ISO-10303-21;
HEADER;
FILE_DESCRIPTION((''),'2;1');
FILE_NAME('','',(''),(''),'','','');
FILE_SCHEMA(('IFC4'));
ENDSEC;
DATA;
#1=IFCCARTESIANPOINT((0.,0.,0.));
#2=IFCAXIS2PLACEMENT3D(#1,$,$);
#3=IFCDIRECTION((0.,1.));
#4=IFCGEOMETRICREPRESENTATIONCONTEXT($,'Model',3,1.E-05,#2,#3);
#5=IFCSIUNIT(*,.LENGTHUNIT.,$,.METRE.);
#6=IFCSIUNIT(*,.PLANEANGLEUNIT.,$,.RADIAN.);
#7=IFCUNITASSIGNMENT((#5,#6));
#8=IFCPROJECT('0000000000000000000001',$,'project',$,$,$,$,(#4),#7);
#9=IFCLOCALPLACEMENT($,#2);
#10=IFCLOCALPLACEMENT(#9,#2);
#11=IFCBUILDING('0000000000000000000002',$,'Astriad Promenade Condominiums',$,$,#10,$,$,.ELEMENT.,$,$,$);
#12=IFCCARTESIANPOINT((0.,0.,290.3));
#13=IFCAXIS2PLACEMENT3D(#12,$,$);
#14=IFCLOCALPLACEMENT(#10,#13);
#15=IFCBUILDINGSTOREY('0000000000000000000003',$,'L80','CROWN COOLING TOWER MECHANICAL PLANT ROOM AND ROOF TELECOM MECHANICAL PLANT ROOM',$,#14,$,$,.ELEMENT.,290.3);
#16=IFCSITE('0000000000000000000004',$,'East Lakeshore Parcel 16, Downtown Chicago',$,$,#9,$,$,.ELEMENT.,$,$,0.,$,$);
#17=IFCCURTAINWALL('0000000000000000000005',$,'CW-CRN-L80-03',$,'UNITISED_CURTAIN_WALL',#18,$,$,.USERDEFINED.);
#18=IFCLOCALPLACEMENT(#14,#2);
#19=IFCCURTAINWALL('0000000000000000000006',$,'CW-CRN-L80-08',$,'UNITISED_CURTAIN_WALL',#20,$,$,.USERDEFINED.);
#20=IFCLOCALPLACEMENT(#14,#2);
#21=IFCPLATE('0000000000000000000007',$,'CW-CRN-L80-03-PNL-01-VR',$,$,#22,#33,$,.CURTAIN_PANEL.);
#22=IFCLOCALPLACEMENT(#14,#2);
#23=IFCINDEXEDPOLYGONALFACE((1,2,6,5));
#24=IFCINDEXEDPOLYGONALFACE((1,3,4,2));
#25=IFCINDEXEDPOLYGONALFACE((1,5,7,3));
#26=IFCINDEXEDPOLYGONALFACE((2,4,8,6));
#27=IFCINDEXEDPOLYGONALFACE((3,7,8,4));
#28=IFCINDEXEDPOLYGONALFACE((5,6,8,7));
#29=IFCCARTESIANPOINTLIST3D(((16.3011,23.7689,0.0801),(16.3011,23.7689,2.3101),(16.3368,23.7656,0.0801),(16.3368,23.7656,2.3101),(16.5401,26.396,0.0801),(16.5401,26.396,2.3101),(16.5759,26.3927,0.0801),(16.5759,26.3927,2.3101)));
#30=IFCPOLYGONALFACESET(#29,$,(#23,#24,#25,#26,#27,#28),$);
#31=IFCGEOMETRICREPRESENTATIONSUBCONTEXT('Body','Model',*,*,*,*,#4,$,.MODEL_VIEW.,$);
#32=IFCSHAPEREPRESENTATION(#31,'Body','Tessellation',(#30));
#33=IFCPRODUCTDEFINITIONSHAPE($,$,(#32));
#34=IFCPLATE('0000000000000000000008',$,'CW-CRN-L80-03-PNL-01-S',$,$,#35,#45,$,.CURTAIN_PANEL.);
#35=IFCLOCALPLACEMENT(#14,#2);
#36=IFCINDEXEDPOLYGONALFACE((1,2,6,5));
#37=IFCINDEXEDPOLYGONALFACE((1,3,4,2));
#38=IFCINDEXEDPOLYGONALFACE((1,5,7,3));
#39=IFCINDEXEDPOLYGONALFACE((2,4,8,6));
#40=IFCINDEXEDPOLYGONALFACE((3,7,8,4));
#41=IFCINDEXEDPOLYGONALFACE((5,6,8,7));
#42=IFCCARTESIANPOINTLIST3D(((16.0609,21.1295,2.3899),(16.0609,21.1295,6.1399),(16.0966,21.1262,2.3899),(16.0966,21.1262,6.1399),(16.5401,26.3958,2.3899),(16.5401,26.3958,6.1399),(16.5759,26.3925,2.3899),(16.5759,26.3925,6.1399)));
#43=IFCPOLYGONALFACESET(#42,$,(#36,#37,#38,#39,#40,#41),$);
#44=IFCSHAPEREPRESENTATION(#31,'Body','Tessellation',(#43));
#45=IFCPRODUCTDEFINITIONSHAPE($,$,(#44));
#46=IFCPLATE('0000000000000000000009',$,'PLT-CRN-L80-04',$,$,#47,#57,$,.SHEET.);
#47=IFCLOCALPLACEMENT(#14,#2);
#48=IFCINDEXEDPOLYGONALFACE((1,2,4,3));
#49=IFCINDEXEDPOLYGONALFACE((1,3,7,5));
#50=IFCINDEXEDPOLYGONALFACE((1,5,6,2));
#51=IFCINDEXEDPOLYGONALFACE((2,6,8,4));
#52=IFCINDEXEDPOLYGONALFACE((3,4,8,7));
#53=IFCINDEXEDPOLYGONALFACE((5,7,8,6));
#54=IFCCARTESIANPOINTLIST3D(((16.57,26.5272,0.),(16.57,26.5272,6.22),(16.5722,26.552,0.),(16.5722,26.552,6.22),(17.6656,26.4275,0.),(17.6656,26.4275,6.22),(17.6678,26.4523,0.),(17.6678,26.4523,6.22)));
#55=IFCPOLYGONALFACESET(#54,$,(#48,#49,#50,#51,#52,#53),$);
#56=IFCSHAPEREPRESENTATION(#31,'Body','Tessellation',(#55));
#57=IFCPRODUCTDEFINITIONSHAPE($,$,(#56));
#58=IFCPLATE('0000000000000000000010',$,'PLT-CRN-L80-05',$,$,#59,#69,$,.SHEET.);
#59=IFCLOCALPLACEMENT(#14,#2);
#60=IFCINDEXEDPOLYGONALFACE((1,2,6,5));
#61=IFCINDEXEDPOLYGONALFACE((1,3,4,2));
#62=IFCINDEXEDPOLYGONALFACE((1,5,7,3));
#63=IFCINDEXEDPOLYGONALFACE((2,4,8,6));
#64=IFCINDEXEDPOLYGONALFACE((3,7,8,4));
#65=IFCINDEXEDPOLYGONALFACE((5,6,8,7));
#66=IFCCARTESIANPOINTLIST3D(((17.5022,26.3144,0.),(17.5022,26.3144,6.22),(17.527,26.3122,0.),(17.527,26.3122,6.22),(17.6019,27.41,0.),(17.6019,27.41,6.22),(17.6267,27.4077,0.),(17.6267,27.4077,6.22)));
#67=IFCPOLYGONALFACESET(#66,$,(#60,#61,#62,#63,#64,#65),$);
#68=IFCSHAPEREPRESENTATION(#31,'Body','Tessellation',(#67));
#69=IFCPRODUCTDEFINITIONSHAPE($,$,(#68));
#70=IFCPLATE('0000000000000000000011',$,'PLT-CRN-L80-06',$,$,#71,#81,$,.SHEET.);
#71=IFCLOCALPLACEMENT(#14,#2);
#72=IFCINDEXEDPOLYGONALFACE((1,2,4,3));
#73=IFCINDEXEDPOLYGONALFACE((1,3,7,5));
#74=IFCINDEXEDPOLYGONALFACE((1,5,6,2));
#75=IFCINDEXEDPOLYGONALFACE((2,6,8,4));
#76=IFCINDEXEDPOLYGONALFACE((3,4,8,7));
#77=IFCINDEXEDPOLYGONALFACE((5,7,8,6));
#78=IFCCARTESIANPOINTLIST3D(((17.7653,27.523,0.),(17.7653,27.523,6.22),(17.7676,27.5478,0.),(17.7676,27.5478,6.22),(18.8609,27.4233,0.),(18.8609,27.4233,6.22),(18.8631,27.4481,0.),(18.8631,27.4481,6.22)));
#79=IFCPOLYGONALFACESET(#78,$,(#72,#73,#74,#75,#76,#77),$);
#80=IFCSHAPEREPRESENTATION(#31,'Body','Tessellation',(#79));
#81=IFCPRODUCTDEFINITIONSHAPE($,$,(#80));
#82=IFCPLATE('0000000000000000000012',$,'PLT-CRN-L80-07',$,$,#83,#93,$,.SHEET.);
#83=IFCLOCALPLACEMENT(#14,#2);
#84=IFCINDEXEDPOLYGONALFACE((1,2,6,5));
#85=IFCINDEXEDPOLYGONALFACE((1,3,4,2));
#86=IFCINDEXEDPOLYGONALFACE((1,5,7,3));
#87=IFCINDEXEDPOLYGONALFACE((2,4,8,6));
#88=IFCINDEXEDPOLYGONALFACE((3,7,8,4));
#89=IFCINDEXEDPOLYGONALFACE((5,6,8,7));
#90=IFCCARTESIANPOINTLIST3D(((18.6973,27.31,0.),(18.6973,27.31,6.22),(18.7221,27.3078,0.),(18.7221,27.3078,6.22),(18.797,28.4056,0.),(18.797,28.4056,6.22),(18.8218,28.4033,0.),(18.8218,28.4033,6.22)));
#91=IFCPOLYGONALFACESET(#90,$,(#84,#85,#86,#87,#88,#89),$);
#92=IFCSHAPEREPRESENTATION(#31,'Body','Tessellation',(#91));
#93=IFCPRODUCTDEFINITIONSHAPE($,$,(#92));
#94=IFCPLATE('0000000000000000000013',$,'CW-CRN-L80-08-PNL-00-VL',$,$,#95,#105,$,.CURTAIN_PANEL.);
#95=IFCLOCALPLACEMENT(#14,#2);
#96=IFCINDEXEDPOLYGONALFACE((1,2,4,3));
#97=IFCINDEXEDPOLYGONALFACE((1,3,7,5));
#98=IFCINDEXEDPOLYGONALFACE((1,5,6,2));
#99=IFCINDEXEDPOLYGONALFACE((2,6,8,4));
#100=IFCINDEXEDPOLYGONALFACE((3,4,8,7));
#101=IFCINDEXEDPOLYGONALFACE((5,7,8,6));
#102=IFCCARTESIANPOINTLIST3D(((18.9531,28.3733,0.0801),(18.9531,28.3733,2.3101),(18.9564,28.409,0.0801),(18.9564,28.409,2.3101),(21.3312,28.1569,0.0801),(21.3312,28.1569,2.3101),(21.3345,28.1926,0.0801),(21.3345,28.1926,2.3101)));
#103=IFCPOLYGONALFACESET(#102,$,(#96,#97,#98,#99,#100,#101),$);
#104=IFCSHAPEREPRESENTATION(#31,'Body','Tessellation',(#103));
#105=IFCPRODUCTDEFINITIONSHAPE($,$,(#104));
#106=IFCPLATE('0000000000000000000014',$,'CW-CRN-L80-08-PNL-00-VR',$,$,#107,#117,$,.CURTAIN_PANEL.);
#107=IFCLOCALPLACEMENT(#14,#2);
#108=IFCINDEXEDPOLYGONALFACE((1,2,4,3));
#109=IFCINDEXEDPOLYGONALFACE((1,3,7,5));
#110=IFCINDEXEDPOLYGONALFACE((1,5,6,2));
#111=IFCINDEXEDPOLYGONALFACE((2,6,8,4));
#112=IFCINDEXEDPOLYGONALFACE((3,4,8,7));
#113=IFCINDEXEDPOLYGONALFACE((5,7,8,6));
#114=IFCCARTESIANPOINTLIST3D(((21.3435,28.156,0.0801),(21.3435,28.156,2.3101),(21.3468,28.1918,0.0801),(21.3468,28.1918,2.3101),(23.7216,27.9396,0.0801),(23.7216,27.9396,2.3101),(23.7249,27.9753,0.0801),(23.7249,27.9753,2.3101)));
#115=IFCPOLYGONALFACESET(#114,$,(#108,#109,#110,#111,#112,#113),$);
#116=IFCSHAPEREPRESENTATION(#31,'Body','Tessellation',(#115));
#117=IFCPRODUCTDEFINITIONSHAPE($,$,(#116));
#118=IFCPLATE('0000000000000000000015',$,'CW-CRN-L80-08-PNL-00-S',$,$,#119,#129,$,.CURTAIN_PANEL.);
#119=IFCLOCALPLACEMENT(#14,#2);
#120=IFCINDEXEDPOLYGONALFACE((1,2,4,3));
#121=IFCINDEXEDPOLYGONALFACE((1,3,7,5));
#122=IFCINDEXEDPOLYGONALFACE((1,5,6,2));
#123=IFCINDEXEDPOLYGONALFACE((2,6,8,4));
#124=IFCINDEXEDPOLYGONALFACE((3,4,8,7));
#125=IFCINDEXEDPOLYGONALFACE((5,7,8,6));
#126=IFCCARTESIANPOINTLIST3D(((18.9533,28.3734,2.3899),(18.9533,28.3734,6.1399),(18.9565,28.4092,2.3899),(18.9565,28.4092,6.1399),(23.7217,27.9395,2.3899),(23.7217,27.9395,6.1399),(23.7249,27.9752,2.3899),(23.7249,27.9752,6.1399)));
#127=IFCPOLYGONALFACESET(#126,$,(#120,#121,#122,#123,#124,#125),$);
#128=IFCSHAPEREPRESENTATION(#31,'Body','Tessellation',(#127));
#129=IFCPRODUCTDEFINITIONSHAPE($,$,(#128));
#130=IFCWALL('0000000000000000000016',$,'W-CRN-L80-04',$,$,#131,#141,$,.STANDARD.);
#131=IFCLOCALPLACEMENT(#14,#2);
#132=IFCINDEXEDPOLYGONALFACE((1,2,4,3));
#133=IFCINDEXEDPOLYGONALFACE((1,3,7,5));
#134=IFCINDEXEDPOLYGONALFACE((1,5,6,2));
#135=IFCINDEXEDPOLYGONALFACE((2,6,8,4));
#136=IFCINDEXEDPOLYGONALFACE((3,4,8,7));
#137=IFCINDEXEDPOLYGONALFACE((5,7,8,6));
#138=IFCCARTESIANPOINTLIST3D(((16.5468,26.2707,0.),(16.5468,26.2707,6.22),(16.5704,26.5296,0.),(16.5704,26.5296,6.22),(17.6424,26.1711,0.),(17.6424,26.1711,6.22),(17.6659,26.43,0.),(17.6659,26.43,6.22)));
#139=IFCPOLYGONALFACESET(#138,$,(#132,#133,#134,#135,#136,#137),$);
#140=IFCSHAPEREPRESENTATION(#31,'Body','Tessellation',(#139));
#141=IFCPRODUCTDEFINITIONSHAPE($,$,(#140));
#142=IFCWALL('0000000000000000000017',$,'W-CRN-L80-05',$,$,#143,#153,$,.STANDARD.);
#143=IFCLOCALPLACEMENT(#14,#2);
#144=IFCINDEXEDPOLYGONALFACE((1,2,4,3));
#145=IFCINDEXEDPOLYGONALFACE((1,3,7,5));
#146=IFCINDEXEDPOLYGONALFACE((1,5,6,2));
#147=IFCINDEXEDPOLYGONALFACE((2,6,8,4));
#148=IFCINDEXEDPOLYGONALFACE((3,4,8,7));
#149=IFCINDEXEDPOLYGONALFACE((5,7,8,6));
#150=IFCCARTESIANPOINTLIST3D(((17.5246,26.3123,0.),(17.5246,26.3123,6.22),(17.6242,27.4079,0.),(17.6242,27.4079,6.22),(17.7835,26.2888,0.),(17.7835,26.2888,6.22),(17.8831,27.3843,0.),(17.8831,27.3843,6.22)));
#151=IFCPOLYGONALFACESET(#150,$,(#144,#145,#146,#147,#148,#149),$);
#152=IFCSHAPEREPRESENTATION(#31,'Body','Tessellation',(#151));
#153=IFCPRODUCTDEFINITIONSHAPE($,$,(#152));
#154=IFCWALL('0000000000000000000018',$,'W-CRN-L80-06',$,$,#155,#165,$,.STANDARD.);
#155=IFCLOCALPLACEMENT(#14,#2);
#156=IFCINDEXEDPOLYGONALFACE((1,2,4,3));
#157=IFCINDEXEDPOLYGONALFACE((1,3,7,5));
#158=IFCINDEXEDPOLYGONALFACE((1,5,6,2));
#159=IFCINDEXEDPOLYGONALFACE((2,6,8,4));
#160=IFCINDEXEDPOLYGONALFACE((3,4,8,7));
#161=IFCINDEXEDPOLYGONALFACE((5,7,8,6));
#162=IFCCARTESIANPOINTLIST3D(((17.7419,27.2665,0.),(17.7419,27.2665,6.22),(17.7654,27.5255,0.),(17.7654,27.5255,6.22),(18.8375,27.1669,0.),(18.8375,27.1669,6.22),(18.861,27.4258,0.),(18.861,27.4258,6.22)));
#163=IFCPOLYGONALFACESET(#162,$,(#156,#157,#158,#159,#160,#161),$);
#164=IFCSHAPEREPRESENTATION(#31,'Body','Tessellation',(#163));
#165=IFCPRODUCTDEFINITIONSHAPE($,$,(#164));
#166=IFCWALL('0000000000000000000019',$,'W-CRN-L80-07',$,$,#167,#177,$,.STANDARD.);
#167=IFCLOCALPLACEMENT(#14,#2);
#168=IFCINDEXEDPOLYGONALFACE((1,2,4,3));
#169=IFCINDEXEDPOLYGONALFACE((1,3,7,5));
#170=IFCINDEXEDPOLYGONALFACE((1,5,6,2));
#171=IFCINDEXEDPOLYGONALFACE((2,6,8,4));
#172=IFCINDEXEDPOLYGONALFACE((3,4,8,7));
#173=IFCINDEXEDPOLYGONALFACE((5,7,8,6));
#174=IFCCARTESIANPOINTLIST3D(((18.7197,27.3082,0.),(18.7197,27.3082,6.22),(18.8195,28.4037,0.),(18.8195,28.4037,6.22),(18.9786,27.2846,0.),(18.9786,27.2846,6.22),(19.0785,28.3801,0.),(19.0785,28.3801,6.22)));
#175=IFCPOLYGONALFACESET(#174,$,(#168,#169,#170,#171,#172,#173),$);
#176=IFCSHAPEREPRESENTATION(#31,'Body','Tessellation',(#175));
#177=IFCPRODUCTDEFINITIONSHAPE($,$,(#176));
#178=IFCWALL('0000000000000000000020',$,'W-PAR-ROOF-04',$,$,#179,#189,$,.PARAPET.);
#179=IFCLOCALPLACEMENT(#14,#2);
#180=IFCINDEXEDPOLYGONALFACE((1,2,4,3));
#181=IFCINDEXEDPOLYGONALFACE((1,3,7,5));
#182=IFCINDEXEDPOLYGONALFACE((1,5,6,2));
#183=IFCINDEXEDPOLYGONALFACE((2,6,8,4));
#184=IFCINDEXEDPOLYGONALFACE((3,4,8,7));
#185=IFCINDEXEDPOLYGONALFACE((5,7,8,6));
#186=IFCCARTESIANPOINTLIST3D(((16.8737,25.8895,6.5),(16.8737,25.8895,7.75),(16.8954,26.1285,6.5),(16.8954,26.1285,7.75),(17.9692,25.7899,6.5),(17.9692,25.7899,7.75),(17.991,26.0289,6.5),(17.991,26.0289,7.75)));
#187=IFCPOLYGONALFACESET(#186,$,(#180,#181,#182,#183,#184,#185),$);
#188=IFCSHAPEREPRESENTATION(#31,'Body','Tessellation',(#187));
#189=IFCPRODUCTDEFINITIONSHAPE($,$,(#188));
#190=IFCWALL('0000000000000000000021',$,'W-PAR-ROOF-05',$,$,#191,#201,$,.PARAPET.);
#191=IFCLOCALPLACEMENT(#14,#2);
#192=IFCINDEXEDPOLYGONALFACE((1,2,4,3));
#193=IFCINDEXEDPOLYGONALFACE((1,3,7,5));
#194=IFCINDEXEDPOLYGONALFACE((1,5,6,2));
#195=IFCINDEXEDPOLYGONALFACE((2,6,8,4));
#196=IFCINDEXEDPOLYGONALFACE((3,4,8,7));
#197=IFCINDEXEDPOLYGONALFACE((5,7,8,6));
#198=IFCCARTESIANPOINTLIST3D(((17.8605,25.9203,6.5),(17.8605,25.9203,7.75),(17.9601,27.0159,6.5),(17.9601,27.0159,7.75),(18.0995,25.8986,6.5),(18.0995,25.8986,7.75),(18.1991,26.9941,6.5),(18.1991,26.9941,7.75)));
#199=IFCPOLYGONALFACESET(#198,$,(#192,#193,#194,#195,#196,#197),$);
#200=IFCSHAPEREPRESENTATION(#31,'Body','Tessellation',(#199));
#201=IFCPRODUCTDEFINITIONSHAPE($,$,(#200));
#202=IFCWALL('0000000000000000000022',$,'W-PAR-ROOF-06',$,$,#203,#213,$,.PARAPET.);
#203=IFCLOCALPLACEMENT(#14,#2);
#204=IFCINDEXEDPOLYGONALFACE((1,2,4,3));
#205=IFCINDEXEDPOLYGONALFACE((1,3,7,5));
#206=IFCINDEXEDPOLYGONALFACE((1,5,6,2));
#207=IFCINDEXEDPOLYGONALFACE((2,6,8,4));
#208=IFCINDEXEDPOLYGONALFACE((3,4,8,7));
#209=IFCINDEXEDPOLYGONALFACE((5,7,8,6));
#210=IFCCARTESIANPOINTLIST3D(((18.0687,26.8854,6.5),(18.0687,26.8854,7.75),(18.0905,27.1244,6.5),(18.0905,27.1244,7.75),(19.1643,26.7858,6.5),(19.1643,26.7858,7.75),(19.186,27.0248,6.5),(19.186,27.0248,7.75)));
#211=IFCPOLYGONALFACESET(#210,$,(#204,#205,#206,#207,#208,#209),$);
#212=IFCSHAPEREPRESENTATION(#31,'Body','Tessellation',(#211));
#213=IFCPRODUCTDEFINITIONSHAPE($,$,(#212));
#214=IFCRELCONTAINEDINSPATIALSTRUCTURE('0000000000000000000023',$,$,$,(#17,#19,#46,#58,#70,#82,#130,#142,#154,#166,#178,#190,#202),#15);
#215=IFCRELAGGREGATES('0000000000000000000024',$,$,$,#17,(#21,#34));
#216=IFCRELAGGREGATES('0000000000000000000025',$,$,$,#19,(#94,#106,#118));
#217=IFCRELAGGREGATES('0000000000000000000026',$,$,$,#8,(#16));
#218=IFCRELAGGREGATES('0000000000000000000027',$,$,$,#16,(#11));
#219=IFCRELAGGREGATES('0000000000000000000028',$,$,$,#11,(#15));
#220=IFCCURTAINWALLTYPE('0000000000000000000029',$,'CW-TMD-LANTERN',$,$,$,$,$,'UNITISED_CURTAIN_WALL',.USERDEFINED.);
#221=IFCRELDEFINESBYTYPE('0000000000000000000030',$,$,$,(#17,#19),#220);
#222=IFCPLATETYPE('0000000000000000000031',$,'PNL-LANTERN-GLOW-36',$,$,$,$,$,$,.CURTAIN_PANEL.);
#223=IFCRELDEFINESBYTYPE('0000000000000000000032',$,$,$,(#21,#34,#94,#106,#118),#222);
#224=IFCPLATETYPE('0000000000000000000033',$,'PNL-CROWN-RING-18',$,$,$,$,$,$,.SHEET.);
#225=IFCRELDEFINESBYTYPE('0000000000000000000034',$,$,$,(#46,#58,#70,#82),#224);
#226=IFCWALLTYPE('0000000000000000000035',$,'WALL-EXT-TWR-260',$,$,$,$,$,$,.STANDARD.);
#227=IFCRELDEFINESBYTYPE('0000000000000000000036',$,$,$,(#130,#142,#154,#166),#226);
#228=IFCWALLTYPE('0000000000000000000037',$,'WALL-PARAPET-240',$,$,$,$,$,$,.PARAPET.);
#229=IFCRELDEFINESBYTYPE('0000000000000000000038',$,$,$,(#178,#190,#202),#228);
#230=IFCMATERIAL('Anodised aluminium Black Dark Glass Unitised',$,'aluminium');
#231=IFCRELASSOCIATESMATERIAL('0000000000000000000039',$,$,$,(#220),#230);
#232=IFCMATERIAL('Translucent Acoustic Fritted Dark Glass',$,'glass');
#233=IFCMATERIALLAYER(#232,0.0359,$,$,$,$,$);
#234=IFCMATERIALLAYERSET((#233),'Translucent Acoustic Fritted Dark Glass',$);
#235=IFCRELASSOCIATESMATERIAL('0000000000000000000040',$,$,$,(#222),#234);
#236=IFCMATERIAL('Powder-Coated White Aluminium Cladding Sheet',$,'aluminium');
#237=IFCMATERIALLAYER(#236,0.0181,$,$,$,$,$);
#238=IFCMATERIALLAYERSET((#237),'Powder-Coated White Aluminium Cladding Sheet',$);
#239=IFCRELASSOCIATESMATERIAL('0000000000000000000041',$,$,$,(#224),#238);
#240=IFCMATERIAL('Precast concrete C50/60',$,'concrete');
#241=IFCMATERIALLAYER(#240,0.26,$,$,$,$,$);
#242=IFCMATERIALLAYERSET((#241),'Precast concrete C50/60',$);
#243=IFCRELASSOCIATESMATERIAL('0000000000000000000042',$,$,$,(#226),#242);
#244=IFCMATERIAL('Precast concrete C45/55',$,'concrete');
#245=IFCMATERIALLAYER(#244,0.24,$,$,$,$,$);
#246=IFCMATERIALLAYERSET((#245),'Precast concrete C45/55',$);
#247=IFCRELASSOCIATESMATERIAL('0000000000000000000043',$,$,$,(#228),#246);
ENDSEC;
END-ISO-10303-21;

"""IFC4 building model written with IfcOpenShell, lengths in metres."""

from ifc_helpers import new_model, si_unit, direction, frame, frame_2d, origin, origin_2d, place, context, subcontext, project, spatial, rectangle, extrude, source, transform, mapped, material, layer, layer_set, type_object, type_shapes, element, aggregate, save


model = new_model("IFC4")

# Units and contexts
model_context = context("Model", 3, precision=1e-05, world=origin(), true_north=direction((0.0, 1.0)))
body_context = subcontext(model_context, "Body", "Model", "MODEL_VIEW")
ifc_project = project(units=[si_unit("LENGTHUNIT", "METRE"), si_unit("PLANEANGLEUNIT", "RADIAN")], contexts=[model_context])

# Site, building, storey
site_placement = place(None, origin())
site = spatial("IfcSite", under=ifc_project, at=site_placement, Name="East Lakeshore Parcel 16, Downtown Chicago", CompositionType="ELEMENT", RefElevation=0.0)
building_placement = place(site_placement, origin())
building = spatial("IfcBuilding", under=site, at=building_placement, Name="Astriad Promenade Condominiums", CompositionType="ELEMENT")
storey_placement = place(building_placement, frame((0.0, 0.0, 290.3)))
storey = spatial("IfcBuildingStorey", under=building, at=storey_placement, Name="L80", Description="CROWN COOLING TOWER MECHANICAL PLANT ROOM AND ROOF TELECOM MECHANICAL PLANT ROOM", CompositionType="ELEMENT", Elevation=290.3)

# Curtain walls
ifc_material_1 = material(Name="Anodised aluminium Black Dark Glass Unitised", Category="aluminium")
curtain_wall_type = type_object("IfcCurtainWallType", Name="CW-TMD-LANTERN", ElementType="UNITISED_CURTAIN_WALL", PredefinedType="USERDEFINED", material=ifc_material_1)
curtain_wall_1_placement = place(storey_placement, origin())
curtain_wall_1 = element("IfcCurtainWall", 1, at=curtain_wall_1_placement, inside=storey, type_object=curtain_wall_type, Name="CW-CRN-L80-03", ObjectType="UNITISED_CURTAIN_WALL", PredefinedType="USERDEFINED")
curtain_wall_2_placement = place(storey_placement, origin())
curtain_wall_2 = element("IfcCurtainWall", 2, at=curtain_wall_2_placement, inside=storey, type_object=curtain_wall_type, Name="CW-CRN-L80-08", ObjectType="UNITISED_CURTAIN_WALL", PredefinedType="USERDEFINED")

# Plates
ifc_material_2 = material(Name="Translucent Acoustic Fritted Dark Glass", Category="glass")
ifc_layer_1 = layer(ifc_material_2, 0.0359)
ifc_layer_set_1 = layer_set([ifc_layer_1], Name="Translucent Acoustic Fritted Dark Glass")
plate_type_1 = type_object("IfcPlateType", Name="PNL-LANTERN-GLOW-36", PredefinedType="CURTAIN_PANEL", material=ifc_layer_set_1)
shared_shape_1 = source(origin(), body_context, "Body", "SweptSolid", [
    extrude(rectangle(XDim=2.6379, YDim=0.0359, at=origin_2d()), origin(), (0.0, 0.0, 1.0), 2.23),
])
plate_1_placement = place(storey_placement, frame((16.4385, 25.0808, 0.0801), z_axis=(0.0, 0.0, 1.0), x_axis=(0.090633, 0.995884, 0.0)))
plate_1 = element("IfcPlate", 3, at=plate_1_placement, type_object=plate_type_1, Name="CW-CRN-L80-03-PNL-01-VR", PredefinedType="CURTAIN_PANEL", context=body_context, shape_type="MappedRepresentation", body=[
    mapped(shared_shape_1, transform((0.0, 0.0, 0.0), scale=1.0)),
])
shared_shape_2 = source(origin(), body_context, "Body", "SweptSolid", [
    extrude(rectangle(XDim=5.2881, YDim=0.0359, at=origin_2d()), origin(), (0.0, 0.0, 1.0), 3.75),
])
plate_2_placement = place(storey_placement, frame((16.3184, 23.761, 2.3899), z_axis=(0.0, 0.0, 1.0), x_axis=(0.090633, 0.995884, 0.0)))
plate_2 = element("IfcPlate", 4, at=plate_2_placement, type_object=plate_type_1, Name="CW-CRN-L80-03-PNL-01-S", PredefinedType="CURTAIN_PANEL", context=body_context, shape_type="MappedRepresentation", body=[
    mapped(shared_shape_2, transform((0.0, 0.0, 0.0), scale=1.0)),
])
aggregate(curtain_wall_1, [plate_1, plate_2])

# Plates
ifc_material_3 = material(Name="Powder-Coated White Aluminium Cladding Sheet", Category="aluminium")
ifc_layer_2 = layer(ifc_material_3, 0.0181)
ifc_layer_set_2 = layer_set([ifc_layer_2], Name="Powder-Coated White Aluminium Cladding Sheet")
plate_type_2 = type_object("IfcPlateType", Name="PNL-CROWN-RING-18", PredefinedType="SHEET", material=ifc_layer_set_2)
shared_shape_3 = source(origin(), body_context, "Body", "SweptSolid", [
    extrude(rectangle(XDim=1.1001, YDim=0.0249, at=origin_2d()), origin(), (0.0, 0.0, 1.0), 6.22),
])
type_shapes(plate_type_2, [shared_shape_3])
for number, where, z_axis, x_axis, name in (
    (5, (17.1189, 26.4897, 0.0), (0.0, 0.0, 1.0), (0.995884, -0.090633, 0.0), "PLT-CRN-L80-04"),
    (6, (17.5645, 26.8611, 0.0), (0.0, 0.0, 1.0), (0.090633, 0.995884, 0.0), "PLT-CRN-L80-05"),
    (7, (18.3142, 27.4856, 0.0), (0.0, 0.0, 1.0), (0.995884, -0.090633, 0.0), "PLT-CRN-L80-06"),
    (8, (18.7595, 27.8567, 0.0), (0.0, 0.0, 1.0), (0.090633, 0.995884, 0.0), "PLT-CRN-L80-07"),
):
    element("IfcPlate", number, at=place(storey_placement, frame(where, z_axis=z_axis, x_axis=x_axis)), inside=storey, type_object=plate_type_2, Name=name, PredefinedType="SHEET", context=body_context, shape_type="MappedRepresentation", body=[
        mapped(shared_shape_3, transform((0.0, 0.0, 0.0), scale=1.0)),
    ])

# Plates
shared_shape_4 = source(origin(), body_context, "Body", "SweptSolid", [
    extrude(rectangle(XDim=2.3879, YDim=0.0359, at=origin_2d()), origin(), (0.0, 0.0, 1.0), 2.23),
])
plate_3_placement = place(storey_placement, frame((20.1438, 28.283, 0.0801), z_axis=(0.0, 0.0, 1.0), x_axis=(0.995884, -0.090633, 0.0)))
plate_3 = element("IfcPlate", 9, at=plate_3_placement, type_object=plate_type_1, Name="CW-CRN-L80-08-PNL-00-VL", PredefinedType="CURTAIN_PANEL", context=body_context, shape_type="MappedRepresentation", body=[
    mapped(shared_shape_4, transform((0.0, 0.0, 0.0), scale=1.0)),
])
plate_4_placement = place(storey_placement, frame((22.5342, 28.0657, 0.0801), z_axis=(0.0, 0.0, 1.0), x_axis=(0.995884, -0.090633, 0.0)))
plate_4 = element("IfcPlate", 10, at=plate_4_placement, type_object=plate_type_1, Name="CW-CRN-L80-08-PNL-00-VR", PredefinedType="CURTAIN_PANEL", context=body_context, shape_type="MappedRepresentation", body=[
    mapped(shared_shape_4, transform((0.0, 0.0, 0.0), scale=1.0)),
])
shared_shape_5 = source(origin(), body_context, "Body", "SweptSolid", [
    extrude(rectangle(XDim=4.7881, YDim=0.0359, at=origin_2d()), origin(), (0.0, 0.0, 1.0), 3.75),
])
type_shapes(plate_type_1, [shared_shape_1, shared_shape_2, shared_shape_4, shared_shape_5])
plate_5_placement = place(storey_placement, frame((21.3391, 28.1743, 2.3899), z_axis=(0.0, 0.0, 1.0), x_axis=(0.995884, -0.090633, 0.0)))
plate_5 = element("IfcPlate", 11, at=plate_5_placement, type_object=plate_type_1, Name="CW-CRN-L80-08-PNL-00-S", PredefinedType="CURTAIN_PANEL", context=body_context, shape_type="MappedRepresentation", body=[
    mapped(shared_shape_5, transform((0.0, 0.0, 0.0), scale=1.0)),
])
aggregate(curtain_wall_2, [plate_3, plate_4, plate_5])

# Walls
ifc_material_4 = material(Name="Precast concrete C50/60", Category="concrete")
ifc_layer_3 = layer(ifc_material_4, 0.26)
ifc_layer_set_3 = layer_set([ifc_layer_3], Name="Precast concrete C50/60")
wall_type_1 = type_object("IfcWallType", Name="WALL-EXT-TWR-260", PredefinedType="STANDARD", material=ifc_layer_set_3)
for number, where, z_axis, x_axis, name in (
    (12, (16.5586, 26.4001, 0.0), (0.0, 0.0, 1.0), (0.995891, -0.090556, 0.0), "W-CRN-L80-04"),
    (13, (17.6541, 26.3005, 0.0), (0.0, 0.0, 1.0), (0.090556, 0.995891, 0.0), "W-CRN-L80-05"),
    (14, (17.7537, 27.396, 0.0), (0.0, 0.0, 1.0), (0.995891, -0.090556, 0.0), "W-CRN-L80-06"),
    (15, (18.8491, 27.2964, 0.0), (0.0, 0.0, 1.0), (0.090776, 0.995871, 0.0), "W-CRN-L80-07"),
):
    element("IfcWall", number, at=place(storey_placement, frame(where, z_axis=z_axis, x_axis=x_axis)), inside=storey, type_object=wall_type_1, Name=name, PredefinedType="STANDARD", context=body_context, shape_type="SweptSolid", body=[
        extrude(rectangle(XDim=1.1001, YDim=0.26, at=frame_2d((0.55, 0.0))), origin(), (0.0, 0.0, 1.0), 6.22),
    ])
ifc_material_5 = material(Name="Precast concrete C45/55", Category="concrete")
ifc_layer_4 = layer(ifc_material_5, 0.24)
ifc_layer_set_4 = layer_set([ifc_layer_4], Name="Precast concrete C45/55")
wall_type_2 = type_object("IfcWallType", Name="WALL-PARAPET-240", PredefinedType="PARAPET", material=ifc_layer_set_4)
for number, where, z_axis, x_axis, name in (
    (16, (16.8845, 26.009, 6.5), (0.0, 0.0, 1.0), (0.995891, -0.090556, 0.0), "W-PAR-ROOF-04"),
    (17, (17.98, 25.9094, 6.5), (0.0, 0.0, 1.0), (0.090556, 0.995891, 0.0), "W-PAR-ROOF-05"),
    (18, (18.0796, 27.0049, 6.5), (0.0, 0.0, 1.0), (0.995891, -0.090556, 0.0), "W-PAR-ROOF-06"),
):
    element("IfcWall", number, at=place(storey_placement, frame(where, z_axis=z_axis, x_axis=x_axis)), inside=storey, type_object=wall_type_2, Name=name, PredefinedType="PARAPET", context=body_context, shape_type="SweptSolid", body=[
        extrude(rectangle(XDim=1.1001, YDim=0.24, at=frame_2d((0.55, 0.0))), origin(), (0.0, 0.0, 1.0), 1.25),
    ])

save(model, "model.ifc")
